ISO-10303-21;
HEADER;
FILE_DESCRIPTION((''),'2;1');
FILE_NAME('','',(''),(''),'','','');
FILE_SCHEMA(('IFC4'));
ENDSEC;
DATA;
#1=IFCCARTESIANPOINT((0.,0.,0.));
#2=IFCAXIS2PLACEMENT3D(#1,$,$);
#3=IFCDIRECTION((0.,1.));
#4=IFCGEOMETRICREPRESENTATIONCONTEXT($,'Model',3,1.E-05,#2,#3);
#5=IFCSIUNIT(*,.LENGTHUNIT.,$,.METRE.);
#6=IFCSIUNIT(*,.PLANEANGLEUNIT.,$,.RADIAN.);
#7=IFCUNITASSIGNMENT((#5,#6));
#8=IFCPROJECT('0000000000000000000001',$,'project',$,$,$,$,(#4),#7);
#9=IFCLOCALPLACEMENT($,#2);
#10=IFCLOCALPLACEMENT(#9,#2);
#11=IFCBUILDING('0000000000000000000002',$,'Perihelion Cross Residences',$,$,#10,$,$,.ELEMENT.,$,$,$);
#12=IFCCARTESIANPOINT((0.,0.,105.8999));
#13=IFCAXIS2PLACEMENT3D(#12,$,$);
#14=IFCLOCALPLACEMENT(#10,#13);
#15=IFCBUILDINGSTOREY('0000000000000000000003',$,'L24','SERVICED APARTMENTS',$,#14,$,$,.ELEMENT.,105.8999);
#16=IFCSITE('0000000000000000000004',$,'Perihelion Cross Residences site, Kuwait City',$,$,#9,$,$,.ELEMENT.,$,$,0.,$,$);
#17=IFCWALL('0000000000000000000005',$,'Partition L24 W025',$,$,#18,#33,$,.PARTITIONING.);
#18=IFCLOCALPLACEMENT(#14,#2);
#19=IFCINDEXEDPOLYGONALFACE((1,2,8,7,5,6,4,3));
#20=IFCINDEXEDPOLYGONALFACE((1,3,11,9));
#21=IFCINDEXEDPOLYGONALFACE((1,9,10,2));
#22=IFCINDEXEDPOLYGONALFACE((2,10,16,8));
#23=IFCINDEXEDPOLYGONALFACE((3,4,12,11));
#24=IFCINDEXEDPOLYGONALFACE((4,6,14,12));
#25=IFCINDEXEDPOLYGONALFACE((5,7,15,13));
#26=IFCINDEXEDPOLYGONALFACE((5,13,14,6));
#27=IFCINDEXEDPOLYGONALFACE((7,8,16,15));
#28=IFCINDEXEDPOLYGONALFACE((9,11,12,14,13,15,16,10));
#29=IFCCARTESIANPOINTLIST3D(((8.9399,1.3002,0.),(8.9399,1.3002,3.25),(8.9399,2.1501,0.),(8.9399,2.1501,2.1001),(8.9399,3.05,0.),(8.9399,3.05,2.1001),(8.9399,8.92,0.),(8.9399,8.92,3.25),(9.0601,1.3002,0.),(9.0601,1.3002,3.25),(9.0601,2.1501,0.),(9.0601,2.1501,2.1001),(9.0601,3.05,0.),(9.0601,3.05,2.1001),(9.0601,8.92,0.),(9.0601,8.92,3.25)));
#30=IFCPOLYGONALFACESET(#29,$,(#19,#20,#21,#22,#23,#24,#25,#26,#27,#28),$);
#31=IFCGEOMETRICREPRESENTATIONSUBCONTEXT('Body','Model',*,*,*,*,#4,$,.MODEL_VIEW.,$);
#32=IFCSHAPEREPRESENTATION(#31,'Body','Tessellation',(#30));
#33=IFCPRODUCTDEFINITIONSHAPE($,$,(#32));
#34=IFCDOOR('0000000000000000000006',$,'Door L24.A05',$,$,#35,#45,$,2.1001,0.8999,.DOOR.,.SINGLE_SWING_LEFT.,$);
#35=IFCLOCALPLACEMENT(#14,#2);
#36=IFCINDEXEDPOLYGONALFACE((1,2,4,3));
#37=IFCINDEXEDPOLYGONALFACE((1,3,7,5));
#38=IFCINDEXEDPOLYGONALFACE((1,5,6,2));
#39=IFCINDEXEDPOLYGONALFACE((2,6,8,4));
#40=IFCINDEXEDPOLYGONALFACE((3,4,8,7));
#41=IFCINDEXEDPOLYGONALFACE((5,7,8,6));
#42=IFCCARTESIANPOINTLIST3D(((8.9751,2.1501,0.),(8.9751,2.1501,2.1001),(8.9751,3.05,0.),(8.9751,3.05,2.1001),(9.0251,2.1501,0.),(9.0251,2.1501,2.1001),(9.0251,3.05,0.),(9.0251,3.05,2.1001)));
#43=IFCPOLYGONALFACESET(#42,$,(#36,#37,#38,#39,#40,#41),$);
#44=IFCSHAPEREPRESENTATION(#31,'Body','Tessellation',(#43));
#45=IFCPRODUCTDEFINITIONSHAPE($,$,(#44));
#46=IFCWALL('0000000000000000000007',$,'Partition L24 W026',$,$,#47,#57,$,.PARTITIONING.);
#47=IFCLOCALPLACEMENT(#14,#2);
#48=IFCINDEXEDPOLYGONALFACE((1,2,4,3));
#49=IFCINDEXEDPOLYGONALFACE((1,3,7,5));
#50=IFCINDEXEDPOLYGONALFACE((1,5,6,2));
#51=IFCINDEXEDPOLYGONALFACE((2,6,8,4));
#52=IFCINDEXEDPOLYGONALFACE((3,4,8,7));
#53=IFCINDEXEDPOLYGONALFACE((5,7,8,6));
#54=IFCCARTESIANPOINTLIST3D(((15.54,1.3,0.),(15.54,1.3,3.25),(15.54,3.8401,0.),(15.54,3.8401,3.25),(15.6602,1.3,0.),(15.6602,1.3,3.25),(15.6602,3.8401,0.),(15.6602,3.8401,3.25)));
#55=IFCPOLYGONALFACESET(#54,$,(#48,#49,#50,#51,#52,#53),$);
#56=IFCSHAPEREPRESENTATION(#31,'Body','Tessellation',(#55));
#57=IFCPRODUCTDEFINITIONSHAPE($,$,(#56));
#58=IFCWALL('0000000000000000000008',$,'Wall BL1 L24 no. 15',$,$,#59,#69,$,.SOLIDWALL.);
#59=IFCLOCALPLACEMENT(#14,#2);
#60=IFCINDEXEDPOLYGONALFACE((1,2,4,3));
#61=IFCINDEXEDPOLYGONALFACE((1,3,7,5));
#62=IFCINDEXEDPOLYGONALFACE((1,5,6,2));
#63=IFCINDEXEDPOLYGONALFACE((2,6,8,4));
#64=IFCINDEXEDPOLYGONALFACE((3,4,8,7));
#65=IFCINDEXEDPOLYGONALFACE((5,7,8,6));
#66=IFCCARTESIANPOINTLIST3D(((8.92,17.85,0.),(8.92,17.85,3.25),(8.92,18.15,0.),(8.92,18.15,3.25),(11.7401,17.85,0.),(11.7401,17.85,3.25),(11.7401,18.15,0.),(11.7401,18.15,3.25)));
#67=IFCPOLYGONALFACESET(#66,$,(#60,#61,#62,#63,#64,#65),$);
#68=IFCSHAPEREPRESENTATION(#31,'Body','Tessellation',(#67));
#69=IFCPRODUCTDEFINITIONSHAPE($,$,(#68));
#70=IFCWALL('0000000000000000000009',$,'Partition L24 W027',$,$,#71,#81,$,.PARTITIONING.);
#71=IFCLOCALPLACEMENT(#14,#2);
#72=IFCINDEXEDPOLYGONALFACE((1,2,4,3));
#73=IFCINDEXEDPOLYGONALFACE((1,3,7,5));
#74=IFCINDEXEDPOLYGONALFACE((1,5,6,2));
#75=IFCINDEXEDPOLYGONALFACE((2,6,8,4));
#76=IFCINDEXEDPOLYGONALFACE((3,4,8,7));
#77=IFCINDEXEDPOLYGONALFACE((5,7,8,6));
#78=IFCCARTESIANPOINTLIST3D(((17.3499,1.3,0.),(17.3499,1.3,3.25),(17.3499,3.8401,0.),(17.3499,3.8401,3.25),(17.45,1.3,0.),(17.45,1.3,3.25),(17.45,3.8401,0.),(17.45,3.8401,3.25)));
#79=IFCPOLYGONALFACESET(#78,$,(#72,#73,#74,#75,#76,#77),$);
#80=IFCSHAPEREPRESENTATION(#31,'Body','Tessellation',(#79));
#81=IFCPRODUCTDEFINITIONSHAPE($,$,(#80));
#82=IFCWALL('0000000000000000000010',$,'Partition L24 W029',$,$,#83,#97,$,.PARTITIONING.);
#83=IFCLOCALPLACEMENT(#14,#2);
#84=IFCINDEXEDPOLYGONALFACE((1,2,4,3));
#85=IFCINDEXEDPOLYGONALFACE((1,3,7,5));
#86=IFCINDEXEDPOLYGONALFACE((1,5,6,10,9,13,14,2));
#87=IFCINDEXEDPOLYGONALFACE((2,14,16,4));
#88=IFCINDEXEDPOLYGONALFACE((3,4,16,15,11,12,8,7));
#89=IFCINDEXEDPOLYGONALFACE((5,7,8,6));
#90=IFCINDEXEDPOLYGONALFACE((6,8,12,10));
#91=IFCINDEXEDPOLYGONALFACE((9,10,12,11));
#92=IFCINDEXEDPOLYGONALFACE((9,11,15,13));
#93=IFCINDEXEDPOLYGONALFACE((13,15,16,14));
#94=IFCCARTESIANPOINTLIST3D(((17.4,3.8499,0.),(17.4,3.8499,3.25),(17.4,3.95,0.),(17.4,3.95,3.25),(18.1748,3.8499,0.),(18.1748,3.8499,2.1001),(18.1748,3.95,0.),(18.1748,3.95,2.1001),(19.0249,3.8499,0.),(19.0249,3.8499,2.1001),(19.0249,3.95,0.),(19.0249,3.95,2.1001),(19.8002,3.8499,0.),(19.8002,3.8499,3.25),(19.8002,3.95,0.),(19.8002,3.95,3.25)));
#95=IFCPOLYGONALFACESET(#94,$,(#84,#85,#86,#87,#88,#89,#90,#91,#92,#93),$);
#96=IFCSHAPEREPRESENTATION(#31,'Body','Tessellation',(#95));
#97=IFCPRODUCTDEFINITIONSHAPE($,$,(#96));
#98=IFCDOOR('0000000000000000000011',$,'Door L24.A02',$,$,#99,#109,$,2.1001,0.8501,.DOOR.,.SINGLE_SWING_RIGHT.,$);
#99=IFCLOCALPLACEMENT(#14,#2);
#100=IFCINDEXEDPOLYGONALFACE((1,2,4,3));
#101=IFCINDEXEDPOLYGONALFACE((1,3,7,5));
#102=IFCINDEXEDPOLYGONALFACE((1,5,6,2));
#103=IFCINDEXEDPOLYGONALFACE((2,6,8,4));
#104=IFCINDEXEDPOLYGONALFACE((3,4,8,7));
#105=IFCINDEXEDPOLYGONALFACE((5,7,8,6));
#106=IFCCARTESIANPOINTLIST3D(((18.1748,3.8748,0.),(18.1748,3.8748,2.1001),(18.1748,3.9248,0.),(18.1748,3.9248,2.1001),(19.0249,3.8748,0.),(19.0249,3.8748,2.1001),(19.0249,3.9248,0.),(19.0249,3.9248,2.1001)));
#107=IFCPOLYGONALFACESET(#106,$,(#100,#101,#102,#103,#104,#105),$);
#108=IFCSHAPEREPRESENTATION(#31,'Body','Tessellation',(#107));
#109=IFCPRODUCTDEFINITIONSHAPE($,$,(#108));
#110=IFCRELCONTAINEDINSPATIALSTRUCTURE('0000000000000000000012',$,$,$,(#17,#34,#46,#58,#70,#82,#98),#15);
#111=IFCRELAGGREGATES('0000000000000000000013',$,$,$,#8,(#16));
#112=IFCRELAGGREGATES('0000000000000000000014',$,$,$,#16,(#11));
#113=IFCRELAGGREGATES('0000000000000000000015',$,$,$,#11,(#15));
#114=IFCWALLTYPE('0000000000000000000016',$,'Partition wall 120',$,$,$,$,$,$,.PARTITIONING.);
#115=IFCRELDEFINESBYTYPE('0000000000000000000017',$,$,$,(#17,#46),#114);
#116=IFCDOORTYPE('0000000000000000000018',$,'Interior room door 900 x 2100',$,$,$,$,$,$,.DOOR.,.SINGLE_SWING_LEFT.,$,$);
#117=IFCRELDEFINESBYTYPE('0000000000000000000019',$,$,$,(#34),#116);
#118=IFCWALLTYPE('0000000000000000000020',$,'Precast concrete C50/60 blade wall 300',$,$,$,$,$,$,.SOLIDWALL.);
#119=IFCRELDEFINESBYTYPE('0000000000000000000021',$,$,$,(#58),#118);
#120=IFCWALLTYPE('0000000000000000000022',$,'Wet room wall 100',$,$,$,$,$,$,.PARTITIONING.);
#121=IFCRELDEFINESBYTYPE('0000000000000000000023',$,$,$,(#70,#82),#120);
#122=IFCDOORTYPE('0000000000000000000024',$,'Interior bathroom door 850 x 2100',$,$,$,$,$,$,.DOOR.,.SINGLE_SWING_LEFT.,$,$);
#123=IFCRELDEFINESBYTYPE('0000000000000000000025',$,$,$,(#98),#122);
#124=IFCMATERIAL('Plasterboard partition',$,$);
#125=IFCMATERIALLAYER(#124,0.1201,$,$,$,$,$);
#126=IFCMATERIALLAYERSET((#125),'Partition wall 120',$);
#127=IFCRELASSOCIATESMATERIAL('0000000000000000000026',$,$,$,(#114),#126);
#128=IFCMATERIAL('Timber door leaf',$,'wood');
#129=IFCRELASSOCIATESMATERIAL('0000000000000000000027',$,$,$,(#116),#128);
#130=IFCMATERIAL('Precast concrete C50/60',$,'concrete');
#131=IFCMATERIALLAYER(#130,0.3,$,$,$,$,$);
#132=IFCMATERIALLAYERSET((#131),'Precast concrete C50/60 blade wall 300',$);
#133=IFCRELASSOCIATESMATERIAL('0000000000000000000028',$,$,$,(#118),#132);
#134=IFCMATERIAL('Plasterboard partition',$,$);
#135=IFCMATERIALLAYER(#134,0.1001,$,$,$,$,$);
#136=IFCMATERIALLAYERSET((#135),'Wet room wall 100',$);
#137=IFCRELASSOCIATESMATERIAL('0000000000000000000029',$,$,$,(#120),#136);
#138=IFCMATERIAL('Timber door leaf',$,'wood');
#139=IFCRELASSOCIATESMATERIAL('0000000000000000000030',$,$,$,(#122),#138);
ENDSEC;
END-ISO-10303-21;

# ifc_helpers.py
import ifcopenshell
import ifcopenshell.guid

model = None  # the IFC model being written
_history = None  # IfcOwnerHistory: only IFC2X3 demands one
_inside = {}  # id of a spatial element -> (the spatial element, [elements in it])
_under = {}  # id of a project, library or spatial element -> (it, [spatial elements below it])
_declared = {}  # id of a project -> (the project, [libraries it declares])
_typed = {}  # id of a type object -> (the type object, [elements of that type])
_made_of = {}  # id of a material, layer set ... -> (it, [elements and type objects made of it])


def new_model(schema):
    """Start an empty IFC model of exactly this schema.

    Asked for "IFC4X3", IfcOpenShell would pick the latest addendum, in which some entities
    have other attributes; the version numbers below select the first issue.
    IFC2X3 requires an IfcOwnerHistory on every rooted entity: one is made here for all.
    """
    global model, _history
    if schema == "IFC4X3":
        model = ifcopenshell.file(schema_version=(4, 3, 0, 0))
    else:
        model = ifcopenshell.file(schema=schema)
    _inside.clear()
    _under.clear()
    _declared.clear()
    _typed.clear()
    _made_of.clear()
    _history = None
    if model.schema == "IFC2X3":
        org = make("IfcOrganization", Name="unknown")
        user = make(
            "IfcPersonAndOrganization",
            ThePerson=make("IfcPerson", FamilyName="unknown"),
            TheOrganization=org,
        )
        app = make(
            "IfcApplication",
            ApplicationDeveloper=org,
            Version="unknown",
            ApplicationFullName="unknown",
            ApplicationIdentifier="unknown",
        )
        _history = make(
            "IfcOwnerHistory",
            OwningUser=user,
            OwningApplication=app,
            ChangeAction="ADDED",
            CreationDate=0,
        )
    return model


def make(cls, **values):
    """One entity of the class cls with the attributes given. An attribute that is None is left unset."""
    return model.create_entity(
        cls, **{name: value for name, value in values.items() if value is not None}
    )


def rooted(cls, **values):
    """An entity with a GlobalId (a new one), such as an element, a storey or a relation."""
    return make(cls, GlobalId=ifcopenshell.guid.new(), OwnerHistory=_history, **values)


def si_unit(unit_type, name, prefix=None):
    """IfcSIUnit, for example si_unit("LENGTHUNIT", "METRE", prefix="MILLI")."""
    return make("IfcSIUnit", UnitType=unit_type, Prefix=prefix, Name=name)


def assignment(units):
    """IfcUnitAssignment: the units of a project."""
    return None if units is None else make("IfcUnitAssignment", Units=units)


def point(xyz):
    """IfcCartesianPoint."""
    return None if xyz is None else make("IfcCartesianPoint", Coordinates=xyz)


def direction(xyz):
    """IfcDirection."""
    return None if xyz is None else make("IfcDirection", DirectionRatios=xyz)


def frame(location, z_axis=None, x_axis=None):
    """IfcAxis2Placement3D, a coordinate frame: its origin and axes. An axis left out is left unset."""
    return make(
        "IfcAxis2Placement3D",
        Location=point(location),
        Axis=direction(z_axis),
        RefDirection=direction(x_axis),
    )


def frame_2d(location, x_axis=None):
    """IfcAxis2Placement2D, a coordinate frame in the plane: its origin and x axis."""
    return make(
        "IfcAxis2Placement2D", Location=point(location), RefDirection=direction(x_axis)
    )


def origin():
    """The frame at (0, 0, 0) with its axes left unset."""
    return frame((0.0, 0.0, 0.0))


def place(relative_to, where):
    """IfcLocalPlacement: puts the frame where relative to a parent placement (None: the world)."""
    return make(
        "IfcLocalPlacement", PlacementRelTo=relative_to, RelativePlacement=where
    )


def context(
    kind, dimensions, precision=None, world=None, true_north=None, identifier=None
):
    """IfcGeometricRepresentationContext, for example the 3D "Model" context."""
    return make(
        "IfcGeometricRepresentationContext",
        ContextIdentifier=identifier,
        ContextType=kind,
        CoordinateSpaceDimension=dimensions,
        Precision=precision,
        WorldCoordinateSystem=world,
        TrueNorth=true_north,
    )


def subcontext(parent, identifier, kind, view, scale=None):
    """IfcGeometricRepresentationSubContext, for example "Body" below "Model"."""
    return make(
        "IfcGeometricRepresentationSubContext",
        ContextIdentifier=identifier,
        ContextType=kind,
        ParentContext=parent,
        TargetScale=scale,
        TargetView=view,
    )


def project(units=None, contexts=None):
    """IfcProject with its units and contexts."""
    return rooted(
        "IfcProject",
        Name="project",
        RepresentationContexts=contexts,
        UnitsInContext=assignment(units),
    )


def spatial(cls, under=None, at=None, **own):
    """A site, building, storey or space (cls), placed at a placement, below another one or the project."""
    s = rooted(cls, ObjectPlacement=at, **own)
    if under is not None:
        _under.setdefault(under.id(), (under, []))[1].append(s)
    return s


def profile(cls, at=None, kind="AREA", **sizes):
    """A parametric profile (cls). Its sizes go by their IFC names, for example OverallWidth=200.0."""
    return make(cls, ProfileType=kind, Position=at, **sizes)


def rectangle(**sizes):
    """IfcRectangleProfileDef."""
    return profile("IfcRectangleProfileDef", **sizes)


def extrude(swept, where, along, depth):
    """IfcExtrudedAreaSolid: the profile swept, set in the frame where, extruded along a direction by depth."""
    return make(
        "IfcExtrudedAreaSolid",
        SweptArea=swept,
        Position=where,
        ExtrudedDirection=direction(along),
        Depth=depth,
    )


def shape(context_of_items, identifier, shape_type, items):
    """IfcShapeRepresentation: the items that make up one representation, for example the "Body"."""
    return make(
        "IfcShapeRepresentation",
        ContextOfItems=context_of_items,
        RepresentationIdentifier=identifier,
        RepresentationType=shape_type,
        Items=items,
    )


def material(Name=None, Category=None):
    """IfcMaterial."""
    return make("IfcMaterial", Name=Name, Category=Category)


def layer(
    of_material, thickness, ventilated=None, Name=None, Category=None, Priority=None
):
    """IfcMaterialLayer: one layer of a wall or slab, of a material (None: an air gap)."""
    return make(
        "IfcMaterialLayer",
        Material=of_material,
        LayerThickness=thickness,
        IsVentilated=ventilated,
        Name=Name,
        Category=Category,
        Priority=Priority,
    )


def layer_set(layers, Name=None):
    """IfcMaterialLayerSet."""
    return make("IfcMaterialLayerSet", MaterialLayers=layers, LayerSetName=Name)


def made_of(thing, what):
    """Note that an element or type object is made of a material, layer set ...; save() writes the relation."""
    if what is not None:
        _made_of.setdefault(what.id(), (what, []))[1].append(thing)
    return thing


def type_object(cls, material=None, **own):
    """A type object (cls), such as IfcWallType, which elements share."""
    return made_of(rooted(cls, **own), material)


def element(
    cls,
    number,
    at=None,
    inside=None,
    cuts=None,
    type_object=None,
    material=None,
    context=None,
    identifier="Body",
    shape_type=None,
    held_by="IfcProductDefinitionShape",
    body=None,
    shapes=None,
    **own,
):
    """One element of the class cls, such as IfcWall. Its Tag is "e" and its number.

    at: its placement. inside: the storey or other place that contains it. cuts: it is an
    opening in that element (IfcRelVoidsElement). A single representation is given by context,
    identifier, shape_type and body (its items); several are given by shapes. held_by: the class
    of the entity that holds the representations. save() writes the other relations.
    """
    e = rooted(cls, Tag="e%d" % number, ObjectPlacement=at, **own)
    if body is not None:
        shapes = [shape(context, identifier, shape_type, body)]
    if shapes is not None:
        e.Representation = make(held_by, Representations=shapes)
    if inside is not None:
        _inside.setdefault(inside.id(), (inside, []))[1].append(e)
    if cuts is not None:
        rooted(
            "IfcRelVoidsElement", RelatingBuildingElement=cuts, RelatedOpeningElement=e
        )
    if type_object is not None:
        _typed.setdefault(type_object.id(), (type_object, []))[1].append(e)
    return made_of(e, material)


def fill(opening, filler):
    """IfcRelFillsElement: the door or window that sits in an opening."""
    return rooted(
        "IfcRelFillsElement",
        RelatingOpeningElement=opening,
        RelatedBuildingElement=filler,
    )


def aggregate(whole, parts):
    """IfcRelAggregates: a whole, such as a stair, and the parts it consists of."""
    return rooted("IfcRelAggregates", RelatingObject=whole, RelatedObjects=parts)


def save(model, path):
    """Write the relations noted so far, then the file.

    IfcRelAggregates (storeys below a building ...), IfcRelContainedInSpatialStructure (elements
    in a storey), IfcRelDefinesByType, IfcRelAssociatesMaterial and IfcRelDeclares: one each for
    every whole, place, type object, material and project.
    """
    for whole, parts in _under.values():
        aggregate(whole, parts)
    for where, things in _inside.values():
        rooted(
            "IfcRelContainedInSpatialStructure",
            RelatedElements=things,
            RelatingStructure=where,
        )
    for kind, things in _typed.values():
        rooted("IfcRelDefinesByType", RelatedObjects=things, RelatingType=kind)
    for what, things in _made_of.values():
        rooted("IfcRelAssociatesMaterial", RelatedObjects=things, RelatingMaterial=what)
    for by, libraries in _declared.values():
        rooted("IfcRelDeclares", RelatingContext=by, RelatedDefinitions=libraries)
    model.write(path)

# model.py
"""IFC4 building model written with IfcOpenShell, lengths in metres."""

from ifc_helpers import new_model, si_unit, direction, frame, frame_2d, origin, place, context, subcontext, project, spatial, rectangle, extrude, material, layer, layer_set, type_object, element, fill, save


model = new_model("IFC4")

# Units and contexts
model_context = context("Model", 3, precision=1e-05, world=origin(), true_north=direction((0.0, 1.0)))
body_context = subcontext(model_context, "Body", "Model", "MODEL_VIEW")
ifc_project = project(units=[si_unit("LENGTHUNIT", "METRE"), si_unit("PLANEANGLEUNIT", "RADIAN")], contexts=[model_context])

# Site, building, storey
site_placement = place(None, origin())
site = spatial("IfcSite", under=ifc_project, at=site_placement, Name="Perihelion Cross Residences site, Kuwait City", CompositionType="ELEMENT", RefElevation=0.0)
building_placement = place(site_placement, origin())
building = spatial("IfcBuilding", under=site, at=building_placement, Name="Perihelion Cross Residences", CompositionType="ELEMENT")
storey_placement = place(building_placement, frame((0.0, 0.0, 105.8999)))
storey = spatial("IfcBuildingStorey", under=building, at=storey_placement, Name="L24", Description="SERVICED APARTMENTS", CompositionType="ELEMENT", Elevation=105.8999)

# Shared definitions
ifc_material_1 = material(Name="Plasterboard partition")
ifc_layer_1 = layer(ifc_material_1, 0.1201)
ifc_layer_set_1 = layer_set([ifc_layer_1], Name="Partition wall 120")
wall_type_1 = type_object("IfcWallType", Name="Partition wall 120", PredefinedType="PARTITIONING", material=ifc_layer_set_1)
ifc_material_2 = material(Name="Timber door leaf", Category="wood")
door_type_1 = type_object("IfcDoorType", Name="Interior room door 900 x 2100", OperationType="SINGLE_SWING_LEFT", PredefinedType="DOOR", material=ifc_material_2)

# Wall, opening, door
wall_1_placement = place(storey_placement, frame((9.0, 1.3, 0.0), z_axis=(0.0, 0.0, 1.0), x_axis=(0.0, 1.0, 0.0)))
wall_1 = element("IfcWall", 1, at=wall_1_placement, inside=storey, type_object=wall_type_1, Name="Partition L24 W025", PredefinedType="PARTITIONING", context=body_context, shape_type="SweptSolid", body=[
    extrude(rectangle(XDim=7.6199, YDim=0.1201, at=frame_2d((3.8101, 0.0))), origin(), (0.0, 0.0, 1.0), 3.25),
])
opening_1_placement = place(wall_1_placement, frame((0.8501, 0.0, 0.0)))
opening_1 = element("IfcOpeningElement", 2, at=opening_1_placement, cuts=wall_1, PredefinedType="OPENING", context=body_context, shape_type="SweptSolid", body=[
    extrude(rectangle(XDim=0.8999, YDim=2.1001, at=frame_2d((0.45, 1.05))), frame((0.0, 0.0701, 0.0), z_axis=(0.0, -1.0, 0.0), x_axis=(1.0, 0.0, 0.0)), (0.0, 0.0, 1.0), 0.1401),
])
door_1_placement = place(opening_1_placement, origin())
door_1 = element("IfcDoor", 3, at=door_1_placement, inside=storey, type_object=door_type_1, Name="Door L24.A05", OperationType="SINGLE_SWING_LEFT", OverallHeight=2.1001, OverallWidth=0.8999, PredefinedType="DOOR", context=body_context, shape_type="SweptSolid", body=[
    extrude(rectangle(XDim=0.8999, YDim=2.1001, at=frame_2d((0.45, 1.05))), frame((0.0, 0.0249, 0.0), z_axis=(0.0, -1.0, 0.0), x_axis=(1.0, 0.0, 0.0)), (0.0, 0.0, 1.0), 0.05),
])
fill(opening_1, door_1)

# Walls
wall_2_placement = place(storey_placement, frame((15.6001, 3.8401, 0.0), z_axis=(0.0, 0.0, 1.0), x_axis=(0.0, -1.0, 0.0)))
element("IfcWall", 4, at=wall_2_placement, inside=storey, type_object=wall_type_1, Name="Partition L24 W026", PredefinedType="PARTITIONING", context=body_context, shape_type="SweptSolid", body=[
    extrude(rectangle(XDim=2.54, YDim=0.1201, at=frame_2d((1.27, 0.0))), origin(), (0.0, 0.0, 1.0), 3.25),
])
ifc_material_3 = material(Name="Precast concrete C50/60", Category="concrete")
ifc_layer_2 = layer(ifc_material_3, 0.3)
ifc_layer_set_2 = layer_set([ifc_layer_2], Name="Precast concrete C50/60 blade wall 300")
wall_type_2 = type_object("IfcWallType", Name="Precast concrete C50/60 blade wall 300", PredefinedType="SOLIDWALL", material=ifc_layer_set_2)
wall_3_placement = place(storey_placement, frame((8.9199, 18.0, 0.0), z_axis=(0.0, 0.0, 1.0), x_axis=(1.0, 0.0, 0.0)))
element("IfcWall", 5, at=wall_3_placement, inside=storey, type_object=wall_type_2, Name="Wall BL1 L24 no. 15", PredefinedType="SOLIDWALL", context=body_context, shape_type="SweptSolid", body=[
    extrude(rectangle(XDim=2.8201, YDim=0.3, at=frame_2d((1.4102, 0.0))), origin(), (0.0, 0.0, 1.0), 3.25),
])
ifc_material_4 = material(Name="Plasterboard partition")
ifc_layer_3 = layer(ifc_material_4, 0.1001)
ifc_layer_set_3 = layer_set([ifc_layer_3], Name="Wet room wall 100")
wall_type_3 = type_object("IfcWallType", Name="Wet room wall 100", PredefinedType="PARTITIONING", material=ifc_layer_set_3)
wall_4_placement = place(storey_placement, frame((17.3999, 3.8401, 0.0), z_axis=(0.0, 0.0, 1.0), x_axis=(0.0, -1.0, 0.0)))
element("IfcWall", 6, at=wall_4_placement, inside=storey, type_object=wall_type_3, Name="Partition L24 W027", PredefinedType="PARTITIONING", context=body_context, shape_type="SweptSolid", body=[
    extrude(rectangle(XDim=2.54, YDim=0.1001, at=frame_2d((1.27, 0.0))), origin(), (0.0, 0.0, 1.0), 3.25),
])

# Wall, opening, door
wall_5_placement = place(storey_placement, frame((17.3999, 3.8999, 0.0), z_axis=(0.0, 0.0, 1.0), x_axis=(1.0, 0.0, 0.0)))
wall_5 = element("IfcWall", 7, at=wall_5_placement, inside=storey, type_object=wall_type_3, Name="Partition L24 W029", PredefinedType="PARTITIONING", context=body_context, shape_type="SweptSolid", body=[
    extrude(rectangle(XDim=2.4001, YDim=0.1001, at=frame_2d((1.2002, 0.0))), origin(), (0.0, 0.0, 1.0), 3.25),
])
opening_2_placement = place(wall_5_placement, frame((0.7749, 0.0, 0.0)))
opening_2 = element("IfcOpeningElement", 8, at=opening_2_placement, cuts=wall_5, PredefinedType="OPENING", context=body_context, shape_type="SweptSolid", body=[
    extrude(rectangle(XDim=0.8501, YDim=2.1001, at=frame_2d((0.425, 1.05))), frame((0.0, 0.0601, 0.0), z_axis=(0.0, -1.0, 0.0), x_axis=(1.0, 0.0, 0.0)), (0.0, 0.0, 1.0), 0.1201),
])
ifc_material_5 = material(Name="Timber door leaf", Category="wood")
door_type_2 = type_object("IfcDoorType", Name="Interior bathroom door 850 x 2100", OperationType="SINGLE_SWING_LEFT", PredefinedType="DOOR", material=ifc_material_5)
door_2_placement = place(opening_2_placement, origin())
door_2 = element("IfcDoor", 9, at=door_2_placement, inside=storey, type_object=door_type_2, Name="Door L24.A02", OperationType="SINGLE_SWING_RIGHT", OverallHeight=2.1001, OverallWidth=0.8501, PredefinedType="DOOR", context=body_context, shape_type="SweptSolid", body=[
    extrude(rectangle(XDim=0.8501, YDim=2.1001, at=frame_2d((0.425, 1.05))), frame((0.0, 0.0249, 0.0), z_axis=(0.0, -1.0, 0.0), x_axis=(1.0, 0.0, 0.0)), (0.0, 0.0, 1.0), 0.05),
])
fill(opening_2, door_2)

save(model, "model.ifc")
